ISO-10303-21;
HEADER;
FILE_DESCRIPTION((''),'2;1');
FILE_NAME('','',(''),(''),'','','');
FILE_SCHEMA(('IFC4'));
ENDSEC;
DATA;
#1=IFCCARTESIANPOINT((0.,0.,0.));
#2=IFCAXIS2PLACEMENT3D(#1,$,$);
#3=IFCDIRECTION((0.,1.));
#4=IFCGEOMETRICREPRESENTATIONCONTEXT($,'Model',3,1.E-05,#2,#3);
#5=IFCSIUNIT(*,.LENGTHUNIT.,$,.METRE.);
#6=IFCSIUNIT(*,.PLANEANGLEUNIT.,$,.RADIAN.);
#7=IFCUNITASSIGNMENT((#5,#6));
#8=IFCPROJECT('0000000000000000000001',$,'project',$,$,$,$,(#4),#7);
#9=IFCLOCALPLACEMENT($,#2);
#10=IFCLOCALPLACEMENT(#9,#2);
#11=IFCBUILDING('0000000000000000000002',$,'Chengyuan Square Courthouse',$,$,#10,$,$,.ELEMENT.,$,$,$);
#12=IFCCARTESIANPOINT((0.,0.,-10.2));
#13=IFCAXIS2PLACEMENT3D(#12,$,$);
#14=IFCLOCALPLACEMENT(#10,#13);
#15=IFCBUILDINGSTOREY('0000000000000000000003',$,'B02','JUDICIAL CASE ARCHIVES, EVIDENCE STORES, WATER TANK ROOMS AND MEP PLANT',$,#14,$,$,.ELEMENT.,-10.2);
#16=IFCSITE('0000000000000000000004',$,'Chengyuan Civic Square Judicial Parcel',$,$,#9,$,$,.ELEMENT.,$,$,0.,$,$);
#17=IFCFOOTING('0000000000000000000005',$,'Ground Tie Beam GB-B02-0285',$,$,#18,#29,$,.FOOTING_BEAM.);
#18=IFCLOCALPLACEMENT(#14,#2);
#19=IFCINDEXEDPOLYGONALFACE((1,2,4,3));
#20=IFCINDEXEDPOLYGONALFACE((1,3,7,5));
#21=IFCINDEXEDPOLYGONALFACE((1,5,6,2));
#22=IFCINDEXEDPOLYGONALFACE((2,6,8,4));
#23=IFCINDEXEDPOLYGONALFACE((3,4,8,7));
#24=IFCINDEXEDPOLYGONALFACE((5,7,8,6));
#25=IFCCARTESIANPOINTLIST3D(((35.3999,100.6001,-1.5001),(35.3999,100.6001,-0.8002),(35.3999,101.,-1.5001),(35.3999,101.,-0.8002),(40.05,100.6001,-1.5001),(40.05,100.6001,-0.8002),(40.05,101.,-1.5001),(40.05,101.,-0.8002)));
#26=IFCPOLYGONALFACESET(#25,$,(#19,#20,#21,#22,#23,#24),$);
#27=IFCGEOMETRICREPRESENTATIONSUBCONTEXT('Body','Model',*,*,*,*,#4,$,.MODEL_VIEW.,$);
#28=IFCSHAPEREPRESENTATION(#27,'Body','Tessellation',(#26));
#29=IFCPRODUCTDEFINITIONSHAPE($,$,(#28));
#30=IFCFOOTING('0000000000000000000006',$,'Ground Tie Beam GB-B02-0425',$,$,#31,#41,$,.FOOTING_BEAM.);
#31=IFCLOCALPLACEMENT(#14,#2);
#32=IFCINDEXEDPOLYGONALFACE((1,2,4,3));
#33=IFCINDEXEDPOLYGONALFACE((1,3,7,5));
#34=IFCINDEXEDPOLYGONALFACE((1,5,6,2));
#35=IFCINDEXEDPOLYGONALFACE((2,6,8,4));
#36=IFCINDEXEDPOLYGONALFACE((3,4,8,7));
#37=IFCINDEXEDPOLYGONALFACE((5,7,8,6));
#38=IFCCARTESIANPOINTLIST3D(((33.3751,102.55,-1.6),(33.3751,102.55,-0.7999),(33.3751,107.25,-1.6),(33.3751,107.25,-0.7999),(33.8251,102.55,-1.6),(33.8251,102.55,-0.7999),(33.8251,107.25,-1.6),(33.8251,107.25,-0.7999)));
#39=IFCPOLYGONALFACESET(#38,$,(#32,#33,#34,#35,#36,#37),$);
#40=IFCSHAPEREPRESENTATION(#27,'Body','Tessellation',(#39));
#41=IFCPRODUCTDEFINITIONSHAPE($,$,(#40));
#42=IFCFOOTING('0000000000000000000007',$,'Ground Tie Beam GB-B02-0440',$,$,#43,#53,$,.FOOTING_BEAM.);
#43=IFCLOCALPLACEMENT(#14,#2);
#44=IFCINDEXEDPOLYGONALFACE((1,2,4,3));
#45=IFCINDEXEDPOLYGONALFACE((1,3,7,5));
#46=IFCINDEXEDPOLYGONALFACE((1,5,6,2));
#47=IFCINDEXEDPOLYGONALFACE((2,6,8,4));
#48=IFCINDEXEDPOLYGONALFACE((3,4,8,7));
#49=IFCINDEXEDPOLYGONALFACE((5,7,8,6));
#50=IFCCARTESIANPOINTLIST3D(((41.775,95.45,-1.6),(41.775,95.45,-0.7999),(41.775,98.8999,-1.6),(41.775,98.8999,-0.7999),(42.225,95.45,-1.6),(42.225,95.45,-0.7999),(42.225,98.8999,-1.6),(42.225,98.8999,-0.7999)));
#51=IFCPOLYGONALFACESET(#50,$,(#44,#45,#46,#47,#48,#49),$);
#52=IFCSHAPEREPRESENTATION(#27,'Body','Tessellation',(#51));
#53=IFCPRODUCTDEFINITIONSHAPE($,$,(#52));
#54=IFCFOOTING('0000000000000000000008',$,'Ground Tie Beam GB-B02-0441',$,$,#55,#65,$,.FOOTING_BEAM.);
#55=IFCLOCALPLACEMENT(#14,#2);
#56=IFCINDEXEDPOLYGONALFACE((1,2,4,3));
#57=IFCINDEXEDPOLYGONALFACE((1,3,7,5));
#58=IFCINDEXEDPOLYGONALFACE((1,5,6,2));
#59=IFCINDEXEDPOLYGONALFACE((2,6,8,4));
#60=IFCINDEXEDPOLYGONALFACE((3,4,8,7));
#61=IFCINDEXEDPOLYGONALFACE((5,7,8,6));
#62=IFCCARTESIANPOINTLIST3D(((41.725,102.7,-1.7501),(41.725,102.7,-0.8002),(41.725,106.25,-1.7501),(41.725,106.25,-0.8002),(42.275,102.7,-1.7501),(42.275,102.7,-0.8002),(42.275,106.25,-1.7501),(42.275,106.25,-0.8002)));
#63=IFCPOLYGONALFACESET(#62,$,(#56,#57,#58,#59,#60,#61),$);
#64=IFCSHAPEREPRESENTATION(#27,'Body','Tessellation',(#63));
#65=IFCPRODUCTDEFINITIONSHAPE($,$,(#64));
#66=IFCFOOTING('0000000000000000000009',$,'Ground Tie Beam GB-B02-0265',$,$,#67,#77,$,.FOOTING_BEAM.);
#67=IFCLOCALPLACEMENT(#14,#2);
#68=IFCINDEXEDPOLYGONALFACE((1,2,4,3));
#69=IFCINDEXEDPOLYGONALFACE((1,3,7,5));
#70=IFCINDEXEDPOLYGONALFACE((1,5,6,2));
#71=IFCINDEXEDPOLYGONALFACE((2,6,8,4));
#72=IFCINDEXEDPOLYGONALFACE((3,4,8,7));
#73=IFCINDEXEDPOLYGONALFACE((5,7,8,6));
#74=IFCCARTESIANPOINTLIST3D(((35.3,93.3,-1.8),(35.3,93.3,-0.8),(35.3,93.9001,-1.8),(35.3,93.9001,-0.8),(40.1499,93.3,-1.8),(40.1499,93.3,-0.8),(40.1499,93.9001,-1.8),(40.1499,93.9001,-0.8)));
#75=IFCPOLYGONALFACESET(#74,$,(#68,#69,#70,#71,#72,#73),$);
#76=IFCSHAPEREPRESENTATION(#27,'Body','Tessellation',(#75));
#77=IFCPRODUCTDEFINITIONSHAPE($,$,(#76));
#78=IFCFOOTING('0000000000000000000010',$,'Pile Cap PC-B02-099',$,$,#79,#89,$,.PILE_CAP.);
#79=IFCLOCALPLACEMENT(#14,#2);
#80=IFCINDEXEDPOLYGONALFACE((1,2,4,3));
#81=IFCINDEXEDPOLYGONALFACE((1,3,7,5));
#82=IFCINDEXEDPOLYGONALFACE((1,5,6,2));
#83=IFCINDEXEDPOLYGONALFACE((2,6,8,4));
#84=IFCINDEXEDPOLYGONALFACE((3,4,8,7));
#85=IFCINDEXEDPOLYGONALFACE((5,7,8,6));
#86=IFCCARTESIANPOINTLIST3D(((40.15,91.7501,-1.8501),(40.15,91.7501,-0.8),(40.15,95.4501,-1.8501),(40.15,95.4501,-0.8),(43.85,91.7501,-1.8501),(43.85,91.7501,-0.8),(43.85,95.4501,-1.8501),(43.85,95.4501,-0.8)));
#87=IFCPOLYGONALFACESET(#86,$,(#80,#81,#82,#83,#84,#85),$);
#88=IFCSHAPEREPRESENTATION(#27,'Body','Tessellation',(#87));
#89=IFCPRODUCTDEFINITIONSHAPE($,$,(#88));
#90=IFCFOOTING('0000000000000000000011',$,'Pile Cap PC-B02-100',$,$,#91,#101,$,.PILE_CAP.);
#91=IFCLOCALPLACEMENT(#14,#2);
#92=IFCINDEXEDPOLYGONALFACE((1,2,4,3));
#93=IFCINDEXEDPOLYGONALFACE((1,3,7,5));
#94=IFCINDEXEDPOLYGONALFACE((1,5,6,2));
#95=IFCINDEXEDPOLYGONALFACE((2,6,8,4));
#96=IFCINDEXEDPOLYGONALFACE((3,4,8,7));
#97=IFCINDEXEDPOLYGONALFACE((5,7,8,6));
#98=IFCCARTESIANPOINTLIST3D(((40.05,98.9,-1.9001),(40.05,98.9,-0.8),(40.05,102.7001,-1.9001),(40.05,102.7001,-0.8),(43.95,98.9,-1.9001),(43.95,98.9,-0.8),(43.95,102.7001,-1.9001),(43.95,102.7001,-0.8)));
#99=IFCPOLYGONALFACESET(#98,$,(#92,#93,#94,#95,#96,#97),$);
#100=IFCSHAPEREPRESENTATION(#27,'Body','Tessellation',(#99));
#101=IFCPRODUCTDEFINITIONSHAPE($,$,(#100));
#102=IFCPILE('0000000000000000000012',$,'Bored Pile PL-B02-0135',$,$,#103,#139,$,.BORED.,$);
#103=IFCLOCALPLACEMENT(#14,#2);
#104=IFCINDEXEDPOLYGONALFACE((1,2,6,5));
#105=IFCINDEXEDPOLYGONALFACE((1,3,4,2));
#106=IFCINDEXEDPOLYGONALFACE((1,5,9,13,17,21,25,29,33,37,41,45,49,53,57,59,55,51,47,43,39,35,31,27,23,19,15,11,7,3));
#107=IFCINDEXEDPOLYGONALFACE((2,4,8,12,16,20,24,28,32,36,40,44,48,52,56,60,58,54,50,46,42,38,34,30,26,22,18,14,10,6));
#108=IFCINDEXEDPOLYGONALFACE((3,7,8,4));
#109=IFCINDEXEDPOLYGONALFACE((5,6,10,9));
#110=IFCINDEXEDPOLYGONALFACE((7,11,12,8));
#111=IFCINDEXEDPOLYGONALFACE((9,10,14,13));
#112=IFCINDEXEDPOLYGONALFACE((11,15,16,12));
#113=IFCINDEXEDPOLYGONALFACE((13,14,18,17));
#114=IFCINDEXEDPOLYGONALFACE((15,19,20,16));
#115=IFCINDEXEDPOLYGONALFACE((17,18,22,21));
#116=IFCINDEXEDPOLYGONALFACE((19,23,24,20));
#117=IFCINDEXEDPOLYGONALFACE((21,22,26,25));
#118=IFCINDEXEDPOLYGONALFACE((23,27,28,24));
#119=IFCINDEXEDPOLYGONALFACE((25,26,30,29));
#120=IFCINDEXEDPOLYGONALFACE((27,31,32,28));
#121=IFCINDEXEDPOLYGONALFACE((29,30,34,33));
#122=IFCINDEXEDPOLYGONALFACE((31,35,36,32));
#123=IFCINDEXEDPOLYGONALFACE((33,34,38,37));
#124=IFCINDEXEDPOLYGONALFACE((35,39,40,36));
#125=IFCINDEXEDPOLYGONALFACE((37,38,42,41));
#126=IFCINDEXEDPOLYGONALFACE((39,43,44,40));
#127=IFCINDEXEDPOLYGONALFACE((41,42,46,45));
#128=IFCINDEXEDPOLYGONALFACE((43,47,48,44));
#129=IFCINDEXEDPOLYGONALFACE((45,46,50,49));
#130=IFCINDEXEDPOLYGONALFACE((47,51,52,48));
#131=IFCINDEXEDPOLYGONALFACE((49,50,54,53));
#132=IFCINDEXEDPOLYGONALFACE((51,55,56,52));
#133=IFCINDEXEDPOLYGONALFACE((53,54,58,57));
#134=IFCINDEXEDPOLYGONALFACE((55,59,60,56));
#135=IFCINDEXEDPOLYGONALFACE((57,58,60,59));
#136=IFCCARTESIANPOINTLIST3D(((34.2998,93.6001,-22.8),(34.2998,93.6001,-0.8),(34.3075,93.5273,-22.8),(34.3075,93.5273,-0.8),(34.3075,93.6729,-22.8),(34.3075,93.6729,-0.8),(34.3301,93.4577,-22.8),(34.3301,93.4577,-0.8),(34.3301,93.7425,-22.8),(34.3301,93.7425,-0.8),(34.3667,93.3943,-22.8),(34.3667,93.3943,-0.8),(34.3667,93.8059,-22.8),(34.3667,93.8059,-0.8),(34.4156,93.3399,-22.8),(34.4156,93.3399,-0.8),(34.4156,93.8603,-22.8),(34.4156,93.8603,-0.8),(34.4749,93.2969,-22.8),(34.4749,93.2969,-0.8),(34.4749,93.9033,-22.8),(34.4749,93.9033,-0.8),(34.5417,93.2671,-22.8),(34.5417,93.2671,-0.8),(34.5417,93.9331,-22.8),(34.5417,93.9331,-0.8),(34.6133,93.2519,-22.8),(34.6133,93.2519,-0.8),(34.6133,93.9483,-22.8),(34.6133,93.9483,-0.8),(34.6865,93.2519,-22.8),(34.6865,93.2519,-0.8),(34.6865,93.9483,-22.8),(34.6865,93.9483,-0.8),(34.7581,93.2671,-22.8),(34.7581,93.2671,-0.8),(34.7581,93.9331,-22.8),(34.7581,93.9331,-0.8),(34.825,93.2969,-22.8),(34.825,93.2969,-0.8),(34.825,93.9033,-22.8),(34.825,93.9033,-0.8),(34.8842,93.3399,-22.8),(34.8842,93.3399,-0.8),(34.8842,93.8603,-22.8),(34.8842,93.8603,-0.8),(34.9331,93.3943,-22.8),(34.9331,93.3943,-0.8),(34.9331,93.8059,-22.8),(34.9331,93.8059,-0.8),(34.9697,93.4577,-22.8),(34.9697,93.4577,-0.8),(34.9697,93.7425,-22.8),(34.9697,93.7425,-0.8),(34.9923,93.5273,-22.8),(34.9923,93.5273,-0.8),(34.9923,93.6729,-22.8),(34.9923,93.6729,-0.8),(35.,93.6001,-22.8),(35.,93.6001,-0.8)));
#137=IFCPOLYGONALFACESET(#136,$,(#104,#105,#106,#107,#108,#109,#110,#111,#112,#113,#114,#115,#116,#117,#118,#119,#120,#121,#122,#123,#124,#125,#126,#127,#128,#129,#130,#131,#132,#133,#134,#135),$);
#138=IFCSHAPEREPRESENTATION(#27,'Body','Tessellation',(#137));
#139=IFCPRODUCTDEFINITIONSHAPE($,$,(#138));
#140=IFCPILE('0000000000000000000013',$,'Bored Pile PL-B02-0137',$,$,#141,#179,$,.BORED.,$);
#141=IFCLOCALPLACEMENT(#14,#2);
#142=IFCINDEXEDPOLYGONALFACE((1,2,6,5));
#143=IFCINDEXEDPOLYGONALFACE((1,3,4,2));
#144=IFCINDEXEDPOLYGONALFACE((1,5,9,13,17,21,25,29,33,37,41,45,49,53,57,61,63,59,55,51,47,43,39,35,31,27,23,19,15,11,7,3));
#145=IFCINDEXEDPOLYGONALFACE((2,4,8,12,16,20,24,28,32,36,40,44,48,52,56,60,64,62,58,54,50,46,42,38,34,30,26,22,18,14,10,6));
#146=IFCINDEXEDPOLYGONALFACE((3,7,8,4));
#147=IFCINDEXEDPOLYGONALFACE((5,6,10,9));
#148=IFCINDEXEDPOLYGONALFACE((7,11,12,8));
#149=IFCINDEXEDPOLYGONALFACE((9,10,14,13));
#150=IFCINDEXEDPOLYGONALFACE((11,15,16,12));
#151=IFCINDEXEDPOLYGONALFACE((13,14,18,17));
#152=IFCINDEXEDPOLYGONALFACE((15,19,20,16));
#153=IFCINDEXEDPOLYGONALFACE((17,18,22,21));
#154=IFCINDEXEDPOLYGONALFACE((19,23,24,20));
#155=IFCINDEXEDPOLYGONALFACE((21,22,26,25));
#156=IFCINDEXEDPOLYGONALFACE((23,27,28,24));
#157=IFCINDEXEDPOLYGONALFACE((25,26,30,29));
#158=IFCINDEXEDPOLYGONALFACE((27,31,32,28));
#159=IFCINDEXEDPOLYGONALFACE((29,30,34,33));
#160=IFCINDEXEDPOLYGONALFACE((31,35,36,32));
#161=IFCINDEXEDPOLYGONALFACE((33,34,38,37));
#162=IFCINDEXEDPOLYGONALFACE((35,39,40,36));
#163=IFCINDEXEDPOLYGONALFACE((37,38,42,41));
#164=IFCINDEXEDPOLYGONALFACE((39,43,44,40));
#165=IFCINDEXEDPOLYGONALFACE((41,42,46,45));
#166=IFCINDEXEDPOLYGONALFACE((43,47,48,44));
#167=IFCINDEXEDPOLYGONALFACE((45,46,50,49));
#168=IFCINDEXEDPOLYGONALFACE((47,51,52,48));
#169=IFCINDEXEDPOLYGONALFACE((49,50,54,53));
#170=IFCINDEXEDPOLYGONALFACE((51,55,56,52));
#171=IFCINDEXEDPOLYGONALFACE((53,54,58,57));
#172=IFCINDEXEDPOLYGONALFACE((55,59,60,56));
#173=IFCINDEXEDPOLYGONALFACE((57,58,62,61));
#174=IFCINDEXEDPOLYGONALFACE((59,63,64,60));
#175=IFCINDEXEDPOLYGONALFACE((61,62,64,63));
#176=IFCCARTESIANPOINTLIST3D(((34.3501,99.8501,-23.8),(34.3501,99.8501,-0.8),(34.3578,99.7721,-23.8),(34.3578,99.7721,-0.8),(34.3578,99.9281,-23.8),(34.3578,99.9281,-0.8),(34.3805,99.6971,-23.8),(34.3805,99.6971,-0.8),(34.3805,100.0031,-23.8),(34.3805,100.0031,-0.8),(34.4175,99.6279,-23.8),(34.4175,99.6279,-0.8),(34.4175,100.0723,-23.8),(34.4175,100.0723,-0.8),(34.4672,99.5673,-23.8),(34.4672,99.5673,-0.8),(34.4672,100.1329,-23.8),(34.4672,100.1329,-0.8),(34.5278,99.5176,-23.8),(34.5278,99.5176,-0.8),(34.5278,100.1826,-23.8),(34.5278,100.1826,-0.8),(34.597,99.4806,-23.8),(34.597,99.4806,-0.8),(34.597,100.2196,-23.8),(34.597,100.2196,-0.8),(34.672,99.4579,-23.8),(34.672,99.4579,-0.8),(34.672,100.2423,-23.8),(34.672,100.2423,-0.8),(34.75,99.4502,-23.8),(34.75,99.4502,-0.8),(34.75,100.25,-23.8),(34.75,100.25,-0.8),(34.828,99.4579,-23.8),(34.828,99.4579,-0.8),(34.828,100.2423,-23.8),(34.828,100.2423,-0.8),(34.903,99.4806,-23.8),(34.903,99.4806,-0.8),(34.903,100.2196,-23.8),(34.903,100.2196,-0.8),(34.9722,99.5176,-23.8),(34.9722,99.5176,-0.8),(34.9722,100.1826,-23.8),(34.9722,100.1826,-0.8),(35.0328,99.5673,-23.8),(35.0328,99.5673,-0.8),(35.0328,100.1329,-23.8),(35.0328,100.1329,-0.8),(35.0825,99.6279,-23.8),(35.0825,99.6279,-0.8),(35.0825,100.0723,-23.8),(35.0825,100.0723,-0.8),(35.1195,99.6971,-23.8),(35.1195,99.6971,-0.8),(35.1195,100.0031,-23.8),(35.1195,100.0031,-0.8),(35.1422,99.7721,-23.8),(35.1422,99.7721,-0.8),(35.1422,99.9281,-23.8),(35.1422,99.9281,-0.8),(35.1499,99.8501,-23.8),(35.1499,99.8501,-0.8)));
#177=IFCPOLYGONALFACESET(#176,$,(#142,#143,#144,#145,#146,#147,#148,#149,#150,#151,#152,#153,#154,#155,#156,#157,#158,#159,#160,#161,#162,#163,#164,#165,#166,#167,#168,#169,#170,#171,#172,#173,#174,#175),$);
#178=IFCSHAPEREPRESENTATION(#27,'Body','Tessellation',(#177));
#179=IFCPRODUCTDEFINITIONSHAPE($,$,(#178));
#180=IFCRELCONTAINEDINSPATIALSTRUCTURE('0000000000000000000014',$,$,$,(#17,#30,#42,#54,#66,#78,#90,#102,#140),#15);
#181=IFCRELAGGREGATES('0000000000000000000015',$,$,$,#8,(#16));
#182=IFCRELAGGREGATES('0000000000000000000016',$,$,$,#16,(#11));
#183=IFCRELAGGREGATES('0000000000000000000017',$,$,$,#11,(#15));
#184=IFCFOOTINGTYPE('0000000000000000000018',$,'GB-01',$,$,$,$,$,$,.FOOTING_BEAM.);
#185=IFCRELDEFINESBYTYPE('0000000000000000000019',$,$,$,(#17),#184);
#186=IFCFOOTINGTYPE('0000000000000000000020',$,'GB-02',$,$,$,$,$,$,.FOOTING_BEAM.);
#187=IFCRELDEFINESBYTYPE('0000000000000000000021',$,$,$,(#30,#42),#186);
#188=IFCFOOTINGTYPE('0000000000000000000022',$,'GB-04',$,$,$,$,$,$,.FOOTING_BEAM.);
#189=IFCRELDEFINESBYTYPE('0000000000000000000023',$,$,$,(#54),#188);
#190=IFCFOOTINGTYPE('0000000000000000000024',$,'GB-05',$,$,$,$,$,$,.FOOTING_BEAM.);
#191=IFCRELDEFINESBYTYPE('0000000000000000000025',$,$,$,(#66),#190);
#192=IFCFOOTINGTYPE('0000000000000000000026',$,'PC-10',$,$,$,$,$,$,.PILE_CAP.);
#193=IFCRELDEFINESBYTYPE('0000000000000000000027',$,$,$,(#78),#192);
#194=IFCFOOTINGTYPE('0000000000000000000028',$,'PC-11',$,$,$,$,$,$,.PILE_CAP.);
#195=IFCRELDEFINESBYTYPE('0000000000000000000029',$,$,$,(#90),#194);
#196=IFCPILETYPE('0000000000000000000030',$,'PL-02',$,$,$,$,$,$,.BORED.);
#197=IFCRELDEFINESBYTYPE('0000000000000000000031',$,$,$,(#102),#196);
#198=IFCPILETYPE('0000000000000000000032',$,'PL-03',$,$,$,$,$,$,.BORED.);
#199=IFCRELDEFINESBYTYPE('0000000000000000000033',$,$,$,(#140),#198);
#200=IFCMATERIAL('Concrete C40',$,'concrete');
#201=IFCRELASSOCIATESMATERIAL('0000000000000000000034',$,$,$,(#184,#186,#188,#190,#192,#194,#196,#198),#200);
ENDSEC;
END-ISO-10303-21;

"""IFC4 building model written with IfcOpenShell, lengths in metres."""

from ifc_helpers import new_model, si_unit, direction, frame, origin, origin_2d, place, context, subcontext, project, spatial, rectangle, circle, extrude, material, material_profile, profile_set, type_object, element, save


model = new_model("IFC4")

# Units and contexts
model_context = context("Model", 3, precision=1e-05, world=origin(), true_north=direction((0.0, 1.0)))
body_context = subcontext(model_context, "Body", "Model", "MODEL_VIEW")
ifc_project = project(units=[si_unit("LENGTHUNIT", "METRE"), si_unit("PLANEANGLEUNIT", "RADIAN")], contexts=[model_context])

# Site, building, storey
site_placement = place(None, origin())
site = spatial("IfcSite", under=ifc_project, at=site_placement, Name="Chengyuan Civic Square Judicial Parcel", CompositionType="ELEMENT", RefElevation=0.0)
building_placement = place(site_placement, origin())
building = spatial("IfcBuilding", under=site, at=building_placement, Name="Chengyuan Square Courthouse", CompositionType="ELEMENT")
storey_placement = place(building_placement, frame((0.0, 0.0, -10.2)))
storey = spatial("IfcBuildingStorey", under=building, at=storey_placement, Name="B02", Description="JUDICIAL CASE ARCHIVES, EVIDENCE STORES, WATER TANK ROOMS AND MEP PLANT", CompositionType="ELEMENT", Elevation=-10.2)

# Footings
ifc_material_1 = material(Name="Concrete C40", Category="concrete")
ifc_material_profile_1 = material_profile(ifc_material_1, rectangle(XDim=0.3999, YDim=0.7, at=origin_2d()), Name="GB-400x700")
ifc_profile_set_1 = profile_set([ifc_material_profile_1], Name="Concrete C40")
footing_type_1 = type_object("IfcFootingType", Name="GB-01", PredefinedType="FOOTING_BEAM", material=ifc_profile_set_1)
footing_1_placement = place(storey_placement, frame((35.3999, 100.8, -1.1501), z_axis=(1.0, 0.0, 0.0), x_axis=(0.0, 1.0, 0.0)))
element("IfcFooting", 1, at=footing_1_placement, inside=storey, type_object=footing_type_1, Name="Ground Tie Beam GB-B02-0285", PredefinedType="FOOTING_BEAM", context=body_context, shape_type="SweptSolid", body=[
    extrude(rectangle(XDim=0.3999, YDim=0.7, at=origin_2d()), origin(), (0.0, 0.0, 1.0), 4.6501),
])
ifc_material_profile_2 = material_profile(ifc_material_1, rectangle(XDim=0.45, YDim=0.8, at=origin_2d()), Name="GB-450x800")
ifc_profile_set_2 = profile_set([ifc_material_profile_2], Name="Concrete C40")
footing_type_2 = type_object("IfcFootingType", Name="GB-02", PredefinedType="FOOTING_BEAM", material=ifc_profile_set_2)
footing_2_placement = place(storey_placement, frame((33.6001, 102.55, -1.2), z_axis=(0.0, 1.0, 0.0), x_axis=(-1.0, 0.0, 0.0)))
element("IfcFooting", 2, at=footing_2_placement, inside=storey, type_object=footing_type_2, Name="Ground Tie Beam GB-B02-0425", PredefinedType="FOOTING_BEAM", context=body_context, shape_type="SweptSolid", body=[
    extrude(rectangle(XDim=0.45, YDim=0.8, at=origin_2d()), origin(), (0.0, 0.0, 1.0), 4.7),
])
footing_3_placement = place(storey_placement, frame((42.0, 95.45, -1.2), z_axis=(0.0, 1.0, 0.0), x_axis=(-1.0, 0.0, 0.0)))
element("IfcFooting", 3, at=footing_3_placement, inside=storey, type_object=footing_type_2, Name="Ground Tie Beam GB-B02-0440", PredefinedType="FOOTING_BEAM", context=body_context, shape_type="SweptSolid", body=[
    extrude(rectangle(XDim=0.45, YDim=0.8, at=origin_2d()), origin(), (0.0, 0.0, 1.0), 3.45),
])
ifc_material_profile_3 = material_profile(ifc_material_1, rectangle(XDim=0.55, YDim=0.95, at=origin_2d()), Name="GB-550x950")
ifc_profile_set_3 = profile_set([ifc_material_profile_3], Name="Concrete C40")
footing_type_3 = type_object("IfcFootingType", Name="GB-04", PredefinedType="FOOTING_BEAM", material=ifc_profile_set_3)
footing_4_placement = place(storey_placement, frame((42.0, 102.7, -1.2751), z_axis=(0.0, 1.0, 0.0), x_axis=(-1.0, 0.0, 0.0)))
element("IfcFooting", 4, at=footing_4_placement, inside=storey, type_object=footing_type_3, Name="Ground Tie Beam GB-B02-0441", PredefinedType="FOOTING_BEAM", context=body_context, shape_type="SweptSolid", body=[
    extrude(rectangle(XDim=0.55, YDim=0.95, at=origin_2d()), origin(), (0.0, 0.0, 1.0), 3.55),
])
ifc_material_profile_4 = material_profile(ifc_material_1, rectangle(XDim=0.6001, YDim=1.0, at=origin_2d()), Name="GB-600x1000")
ifc_profile_set_4 = profile_set([ifc_material_profile_4], Name="Concrete C40")
footing_type_4 = type_object("IfcFootingType", Name="GB-05", PredefinedType="FOOTING_BEAM", material=ifc_profile_set_4)
footing_5_placement = place(storey_placement, frame((35.3, 93.6001, -1.3), z_axis=(1.0, 0.0, 0.0), x_axis=(0.0, 1.0, 0.0)))
element("IfcFooting", 5, at=footing_5_placement, inside=storey, type_object=footing_type_4, Name="Ground Tie Beam GB-B02-0265", PredefinedType="FOOTING_BEAM", context=body_context, shape_type="SweptSolid", body=[
    extrude(rectangle(XDim=0.6001, YDim=1.0, at=origin_2d()), origin(), (0.0, 0.0, 1.0), 4.8499),
])
footing_type_5 = type_object("IfcFootingType", Name="PC-10", PredefinedType="PILE_CAP", material=ifc_material_1)
footing_6_placement = place(storey_placement, frame((42.0, 93.6001, -1.8501), z_axis=(0.0, 0.0, 1.0), x_axis=(1.0, 0.0, 0.0)))
element("IfcFooting", 6, at=footing_6_placement, inside=storey, type_object=footing_type_5, Name="Pile Cap PC-B02-099", PredefinedType="PILE_CAP", context=body_context, shape_type="SweptSolid", body=[
    extrude(rectangle(XDim=3.7, YDim=3.7, at=origin_2d()), origin(), (0.0, 0.0, 1.0), 1.05),
])
footing_type_6 = type_object("IfcFootingType", Name="PC-11", PredefinedType="PILE_CAP", material=ifc_material_1)
footing_7_placement = place(storey_placement, frame((42.0, 100.8, -1.9001), z_axis=(0.0, 0.0, 1.0), x_axis=(1.0, 0.0, 0.0)))
element("IfcFooting", 7, at=footing_7_placement, inside=storey, type_object=footing_type_6, Name="Pile Cap PC-B02-100", PredefinedType="PILE_CAP", context=body_context, shape_type="SweptSolid", body=[
    extrude(rectangle(XDim=3.8999, YDim=3.8, at=origin_2d()), origin(), (0.0, 0.0, 1.0), 1.1001),
])

# Piles
ifc_material_profile_5 = material_profile(ifc_material_1, circle(Radius=0.3501, at=origin_2d()), Name="BORED PILE D700")
ifc_profile_set_5 = profile_set([ifc_material_profile_5], Name="Concrete C40")
pile_type_1 = type_object("IfcPileType", Name="PL-02", PredefinedType="BORED", material=ifc_profile_set_5)
pile_placement = place(storey_placement, frame((34.6499, 93.6001, -0.8), z_axis=(0.0, 0.0, -1.0), x_axis=(1.0, 0.0, 0.0)))
element("IfcPile", 8, at=pile_placement, inside=storey, type_object=pile_type_1, Name="Bored Pile PL-B02-0135", PredefinedType="BORED", context=body_context, shape_type="SweptSolid", body=[
    extrude(circle(Radius=0.3501, at=origin_2d()), origin(), (0.0, 0.0, 1.0), 22.0),
])
ifc_material_profile_6 = material_profile(ifc_material_1, circle(Radius=0.3999, at=origin_2d()), Name="BORED PILE D800")
ifc_profile_set_6 = profile_set([ifc_material_profile_6], Name="Concrete C40")
pile_type_2 = type_object("IfcPileType", Name="PL-03", PredefinedType="BORED", material=ifc_profile_set_6)
for number, where, z_axis, x_axis, name in (
    (9, (34.75, 99.8501, -0.8), (0.0, 0.0, -1.0), (1.0, 0.0, 0.0), "Bored Pile PL-B02-0137"),
):
    element("IfcPile", number, at=place(storey_placement, frame(where, z_axis=z_axis, x_axis=x_axis)), inside=storey, type_object=pile_type_2, Name=name, PredefinedType="BORED", context=body_context, shape_type="SweptSolid", body=[
        extrude(circle(Radius=0.3999, at=origin_2d()), origin(), (0.0, 0.0, 1.0), 23.0),
    ])

save(model, "model.ifc")
